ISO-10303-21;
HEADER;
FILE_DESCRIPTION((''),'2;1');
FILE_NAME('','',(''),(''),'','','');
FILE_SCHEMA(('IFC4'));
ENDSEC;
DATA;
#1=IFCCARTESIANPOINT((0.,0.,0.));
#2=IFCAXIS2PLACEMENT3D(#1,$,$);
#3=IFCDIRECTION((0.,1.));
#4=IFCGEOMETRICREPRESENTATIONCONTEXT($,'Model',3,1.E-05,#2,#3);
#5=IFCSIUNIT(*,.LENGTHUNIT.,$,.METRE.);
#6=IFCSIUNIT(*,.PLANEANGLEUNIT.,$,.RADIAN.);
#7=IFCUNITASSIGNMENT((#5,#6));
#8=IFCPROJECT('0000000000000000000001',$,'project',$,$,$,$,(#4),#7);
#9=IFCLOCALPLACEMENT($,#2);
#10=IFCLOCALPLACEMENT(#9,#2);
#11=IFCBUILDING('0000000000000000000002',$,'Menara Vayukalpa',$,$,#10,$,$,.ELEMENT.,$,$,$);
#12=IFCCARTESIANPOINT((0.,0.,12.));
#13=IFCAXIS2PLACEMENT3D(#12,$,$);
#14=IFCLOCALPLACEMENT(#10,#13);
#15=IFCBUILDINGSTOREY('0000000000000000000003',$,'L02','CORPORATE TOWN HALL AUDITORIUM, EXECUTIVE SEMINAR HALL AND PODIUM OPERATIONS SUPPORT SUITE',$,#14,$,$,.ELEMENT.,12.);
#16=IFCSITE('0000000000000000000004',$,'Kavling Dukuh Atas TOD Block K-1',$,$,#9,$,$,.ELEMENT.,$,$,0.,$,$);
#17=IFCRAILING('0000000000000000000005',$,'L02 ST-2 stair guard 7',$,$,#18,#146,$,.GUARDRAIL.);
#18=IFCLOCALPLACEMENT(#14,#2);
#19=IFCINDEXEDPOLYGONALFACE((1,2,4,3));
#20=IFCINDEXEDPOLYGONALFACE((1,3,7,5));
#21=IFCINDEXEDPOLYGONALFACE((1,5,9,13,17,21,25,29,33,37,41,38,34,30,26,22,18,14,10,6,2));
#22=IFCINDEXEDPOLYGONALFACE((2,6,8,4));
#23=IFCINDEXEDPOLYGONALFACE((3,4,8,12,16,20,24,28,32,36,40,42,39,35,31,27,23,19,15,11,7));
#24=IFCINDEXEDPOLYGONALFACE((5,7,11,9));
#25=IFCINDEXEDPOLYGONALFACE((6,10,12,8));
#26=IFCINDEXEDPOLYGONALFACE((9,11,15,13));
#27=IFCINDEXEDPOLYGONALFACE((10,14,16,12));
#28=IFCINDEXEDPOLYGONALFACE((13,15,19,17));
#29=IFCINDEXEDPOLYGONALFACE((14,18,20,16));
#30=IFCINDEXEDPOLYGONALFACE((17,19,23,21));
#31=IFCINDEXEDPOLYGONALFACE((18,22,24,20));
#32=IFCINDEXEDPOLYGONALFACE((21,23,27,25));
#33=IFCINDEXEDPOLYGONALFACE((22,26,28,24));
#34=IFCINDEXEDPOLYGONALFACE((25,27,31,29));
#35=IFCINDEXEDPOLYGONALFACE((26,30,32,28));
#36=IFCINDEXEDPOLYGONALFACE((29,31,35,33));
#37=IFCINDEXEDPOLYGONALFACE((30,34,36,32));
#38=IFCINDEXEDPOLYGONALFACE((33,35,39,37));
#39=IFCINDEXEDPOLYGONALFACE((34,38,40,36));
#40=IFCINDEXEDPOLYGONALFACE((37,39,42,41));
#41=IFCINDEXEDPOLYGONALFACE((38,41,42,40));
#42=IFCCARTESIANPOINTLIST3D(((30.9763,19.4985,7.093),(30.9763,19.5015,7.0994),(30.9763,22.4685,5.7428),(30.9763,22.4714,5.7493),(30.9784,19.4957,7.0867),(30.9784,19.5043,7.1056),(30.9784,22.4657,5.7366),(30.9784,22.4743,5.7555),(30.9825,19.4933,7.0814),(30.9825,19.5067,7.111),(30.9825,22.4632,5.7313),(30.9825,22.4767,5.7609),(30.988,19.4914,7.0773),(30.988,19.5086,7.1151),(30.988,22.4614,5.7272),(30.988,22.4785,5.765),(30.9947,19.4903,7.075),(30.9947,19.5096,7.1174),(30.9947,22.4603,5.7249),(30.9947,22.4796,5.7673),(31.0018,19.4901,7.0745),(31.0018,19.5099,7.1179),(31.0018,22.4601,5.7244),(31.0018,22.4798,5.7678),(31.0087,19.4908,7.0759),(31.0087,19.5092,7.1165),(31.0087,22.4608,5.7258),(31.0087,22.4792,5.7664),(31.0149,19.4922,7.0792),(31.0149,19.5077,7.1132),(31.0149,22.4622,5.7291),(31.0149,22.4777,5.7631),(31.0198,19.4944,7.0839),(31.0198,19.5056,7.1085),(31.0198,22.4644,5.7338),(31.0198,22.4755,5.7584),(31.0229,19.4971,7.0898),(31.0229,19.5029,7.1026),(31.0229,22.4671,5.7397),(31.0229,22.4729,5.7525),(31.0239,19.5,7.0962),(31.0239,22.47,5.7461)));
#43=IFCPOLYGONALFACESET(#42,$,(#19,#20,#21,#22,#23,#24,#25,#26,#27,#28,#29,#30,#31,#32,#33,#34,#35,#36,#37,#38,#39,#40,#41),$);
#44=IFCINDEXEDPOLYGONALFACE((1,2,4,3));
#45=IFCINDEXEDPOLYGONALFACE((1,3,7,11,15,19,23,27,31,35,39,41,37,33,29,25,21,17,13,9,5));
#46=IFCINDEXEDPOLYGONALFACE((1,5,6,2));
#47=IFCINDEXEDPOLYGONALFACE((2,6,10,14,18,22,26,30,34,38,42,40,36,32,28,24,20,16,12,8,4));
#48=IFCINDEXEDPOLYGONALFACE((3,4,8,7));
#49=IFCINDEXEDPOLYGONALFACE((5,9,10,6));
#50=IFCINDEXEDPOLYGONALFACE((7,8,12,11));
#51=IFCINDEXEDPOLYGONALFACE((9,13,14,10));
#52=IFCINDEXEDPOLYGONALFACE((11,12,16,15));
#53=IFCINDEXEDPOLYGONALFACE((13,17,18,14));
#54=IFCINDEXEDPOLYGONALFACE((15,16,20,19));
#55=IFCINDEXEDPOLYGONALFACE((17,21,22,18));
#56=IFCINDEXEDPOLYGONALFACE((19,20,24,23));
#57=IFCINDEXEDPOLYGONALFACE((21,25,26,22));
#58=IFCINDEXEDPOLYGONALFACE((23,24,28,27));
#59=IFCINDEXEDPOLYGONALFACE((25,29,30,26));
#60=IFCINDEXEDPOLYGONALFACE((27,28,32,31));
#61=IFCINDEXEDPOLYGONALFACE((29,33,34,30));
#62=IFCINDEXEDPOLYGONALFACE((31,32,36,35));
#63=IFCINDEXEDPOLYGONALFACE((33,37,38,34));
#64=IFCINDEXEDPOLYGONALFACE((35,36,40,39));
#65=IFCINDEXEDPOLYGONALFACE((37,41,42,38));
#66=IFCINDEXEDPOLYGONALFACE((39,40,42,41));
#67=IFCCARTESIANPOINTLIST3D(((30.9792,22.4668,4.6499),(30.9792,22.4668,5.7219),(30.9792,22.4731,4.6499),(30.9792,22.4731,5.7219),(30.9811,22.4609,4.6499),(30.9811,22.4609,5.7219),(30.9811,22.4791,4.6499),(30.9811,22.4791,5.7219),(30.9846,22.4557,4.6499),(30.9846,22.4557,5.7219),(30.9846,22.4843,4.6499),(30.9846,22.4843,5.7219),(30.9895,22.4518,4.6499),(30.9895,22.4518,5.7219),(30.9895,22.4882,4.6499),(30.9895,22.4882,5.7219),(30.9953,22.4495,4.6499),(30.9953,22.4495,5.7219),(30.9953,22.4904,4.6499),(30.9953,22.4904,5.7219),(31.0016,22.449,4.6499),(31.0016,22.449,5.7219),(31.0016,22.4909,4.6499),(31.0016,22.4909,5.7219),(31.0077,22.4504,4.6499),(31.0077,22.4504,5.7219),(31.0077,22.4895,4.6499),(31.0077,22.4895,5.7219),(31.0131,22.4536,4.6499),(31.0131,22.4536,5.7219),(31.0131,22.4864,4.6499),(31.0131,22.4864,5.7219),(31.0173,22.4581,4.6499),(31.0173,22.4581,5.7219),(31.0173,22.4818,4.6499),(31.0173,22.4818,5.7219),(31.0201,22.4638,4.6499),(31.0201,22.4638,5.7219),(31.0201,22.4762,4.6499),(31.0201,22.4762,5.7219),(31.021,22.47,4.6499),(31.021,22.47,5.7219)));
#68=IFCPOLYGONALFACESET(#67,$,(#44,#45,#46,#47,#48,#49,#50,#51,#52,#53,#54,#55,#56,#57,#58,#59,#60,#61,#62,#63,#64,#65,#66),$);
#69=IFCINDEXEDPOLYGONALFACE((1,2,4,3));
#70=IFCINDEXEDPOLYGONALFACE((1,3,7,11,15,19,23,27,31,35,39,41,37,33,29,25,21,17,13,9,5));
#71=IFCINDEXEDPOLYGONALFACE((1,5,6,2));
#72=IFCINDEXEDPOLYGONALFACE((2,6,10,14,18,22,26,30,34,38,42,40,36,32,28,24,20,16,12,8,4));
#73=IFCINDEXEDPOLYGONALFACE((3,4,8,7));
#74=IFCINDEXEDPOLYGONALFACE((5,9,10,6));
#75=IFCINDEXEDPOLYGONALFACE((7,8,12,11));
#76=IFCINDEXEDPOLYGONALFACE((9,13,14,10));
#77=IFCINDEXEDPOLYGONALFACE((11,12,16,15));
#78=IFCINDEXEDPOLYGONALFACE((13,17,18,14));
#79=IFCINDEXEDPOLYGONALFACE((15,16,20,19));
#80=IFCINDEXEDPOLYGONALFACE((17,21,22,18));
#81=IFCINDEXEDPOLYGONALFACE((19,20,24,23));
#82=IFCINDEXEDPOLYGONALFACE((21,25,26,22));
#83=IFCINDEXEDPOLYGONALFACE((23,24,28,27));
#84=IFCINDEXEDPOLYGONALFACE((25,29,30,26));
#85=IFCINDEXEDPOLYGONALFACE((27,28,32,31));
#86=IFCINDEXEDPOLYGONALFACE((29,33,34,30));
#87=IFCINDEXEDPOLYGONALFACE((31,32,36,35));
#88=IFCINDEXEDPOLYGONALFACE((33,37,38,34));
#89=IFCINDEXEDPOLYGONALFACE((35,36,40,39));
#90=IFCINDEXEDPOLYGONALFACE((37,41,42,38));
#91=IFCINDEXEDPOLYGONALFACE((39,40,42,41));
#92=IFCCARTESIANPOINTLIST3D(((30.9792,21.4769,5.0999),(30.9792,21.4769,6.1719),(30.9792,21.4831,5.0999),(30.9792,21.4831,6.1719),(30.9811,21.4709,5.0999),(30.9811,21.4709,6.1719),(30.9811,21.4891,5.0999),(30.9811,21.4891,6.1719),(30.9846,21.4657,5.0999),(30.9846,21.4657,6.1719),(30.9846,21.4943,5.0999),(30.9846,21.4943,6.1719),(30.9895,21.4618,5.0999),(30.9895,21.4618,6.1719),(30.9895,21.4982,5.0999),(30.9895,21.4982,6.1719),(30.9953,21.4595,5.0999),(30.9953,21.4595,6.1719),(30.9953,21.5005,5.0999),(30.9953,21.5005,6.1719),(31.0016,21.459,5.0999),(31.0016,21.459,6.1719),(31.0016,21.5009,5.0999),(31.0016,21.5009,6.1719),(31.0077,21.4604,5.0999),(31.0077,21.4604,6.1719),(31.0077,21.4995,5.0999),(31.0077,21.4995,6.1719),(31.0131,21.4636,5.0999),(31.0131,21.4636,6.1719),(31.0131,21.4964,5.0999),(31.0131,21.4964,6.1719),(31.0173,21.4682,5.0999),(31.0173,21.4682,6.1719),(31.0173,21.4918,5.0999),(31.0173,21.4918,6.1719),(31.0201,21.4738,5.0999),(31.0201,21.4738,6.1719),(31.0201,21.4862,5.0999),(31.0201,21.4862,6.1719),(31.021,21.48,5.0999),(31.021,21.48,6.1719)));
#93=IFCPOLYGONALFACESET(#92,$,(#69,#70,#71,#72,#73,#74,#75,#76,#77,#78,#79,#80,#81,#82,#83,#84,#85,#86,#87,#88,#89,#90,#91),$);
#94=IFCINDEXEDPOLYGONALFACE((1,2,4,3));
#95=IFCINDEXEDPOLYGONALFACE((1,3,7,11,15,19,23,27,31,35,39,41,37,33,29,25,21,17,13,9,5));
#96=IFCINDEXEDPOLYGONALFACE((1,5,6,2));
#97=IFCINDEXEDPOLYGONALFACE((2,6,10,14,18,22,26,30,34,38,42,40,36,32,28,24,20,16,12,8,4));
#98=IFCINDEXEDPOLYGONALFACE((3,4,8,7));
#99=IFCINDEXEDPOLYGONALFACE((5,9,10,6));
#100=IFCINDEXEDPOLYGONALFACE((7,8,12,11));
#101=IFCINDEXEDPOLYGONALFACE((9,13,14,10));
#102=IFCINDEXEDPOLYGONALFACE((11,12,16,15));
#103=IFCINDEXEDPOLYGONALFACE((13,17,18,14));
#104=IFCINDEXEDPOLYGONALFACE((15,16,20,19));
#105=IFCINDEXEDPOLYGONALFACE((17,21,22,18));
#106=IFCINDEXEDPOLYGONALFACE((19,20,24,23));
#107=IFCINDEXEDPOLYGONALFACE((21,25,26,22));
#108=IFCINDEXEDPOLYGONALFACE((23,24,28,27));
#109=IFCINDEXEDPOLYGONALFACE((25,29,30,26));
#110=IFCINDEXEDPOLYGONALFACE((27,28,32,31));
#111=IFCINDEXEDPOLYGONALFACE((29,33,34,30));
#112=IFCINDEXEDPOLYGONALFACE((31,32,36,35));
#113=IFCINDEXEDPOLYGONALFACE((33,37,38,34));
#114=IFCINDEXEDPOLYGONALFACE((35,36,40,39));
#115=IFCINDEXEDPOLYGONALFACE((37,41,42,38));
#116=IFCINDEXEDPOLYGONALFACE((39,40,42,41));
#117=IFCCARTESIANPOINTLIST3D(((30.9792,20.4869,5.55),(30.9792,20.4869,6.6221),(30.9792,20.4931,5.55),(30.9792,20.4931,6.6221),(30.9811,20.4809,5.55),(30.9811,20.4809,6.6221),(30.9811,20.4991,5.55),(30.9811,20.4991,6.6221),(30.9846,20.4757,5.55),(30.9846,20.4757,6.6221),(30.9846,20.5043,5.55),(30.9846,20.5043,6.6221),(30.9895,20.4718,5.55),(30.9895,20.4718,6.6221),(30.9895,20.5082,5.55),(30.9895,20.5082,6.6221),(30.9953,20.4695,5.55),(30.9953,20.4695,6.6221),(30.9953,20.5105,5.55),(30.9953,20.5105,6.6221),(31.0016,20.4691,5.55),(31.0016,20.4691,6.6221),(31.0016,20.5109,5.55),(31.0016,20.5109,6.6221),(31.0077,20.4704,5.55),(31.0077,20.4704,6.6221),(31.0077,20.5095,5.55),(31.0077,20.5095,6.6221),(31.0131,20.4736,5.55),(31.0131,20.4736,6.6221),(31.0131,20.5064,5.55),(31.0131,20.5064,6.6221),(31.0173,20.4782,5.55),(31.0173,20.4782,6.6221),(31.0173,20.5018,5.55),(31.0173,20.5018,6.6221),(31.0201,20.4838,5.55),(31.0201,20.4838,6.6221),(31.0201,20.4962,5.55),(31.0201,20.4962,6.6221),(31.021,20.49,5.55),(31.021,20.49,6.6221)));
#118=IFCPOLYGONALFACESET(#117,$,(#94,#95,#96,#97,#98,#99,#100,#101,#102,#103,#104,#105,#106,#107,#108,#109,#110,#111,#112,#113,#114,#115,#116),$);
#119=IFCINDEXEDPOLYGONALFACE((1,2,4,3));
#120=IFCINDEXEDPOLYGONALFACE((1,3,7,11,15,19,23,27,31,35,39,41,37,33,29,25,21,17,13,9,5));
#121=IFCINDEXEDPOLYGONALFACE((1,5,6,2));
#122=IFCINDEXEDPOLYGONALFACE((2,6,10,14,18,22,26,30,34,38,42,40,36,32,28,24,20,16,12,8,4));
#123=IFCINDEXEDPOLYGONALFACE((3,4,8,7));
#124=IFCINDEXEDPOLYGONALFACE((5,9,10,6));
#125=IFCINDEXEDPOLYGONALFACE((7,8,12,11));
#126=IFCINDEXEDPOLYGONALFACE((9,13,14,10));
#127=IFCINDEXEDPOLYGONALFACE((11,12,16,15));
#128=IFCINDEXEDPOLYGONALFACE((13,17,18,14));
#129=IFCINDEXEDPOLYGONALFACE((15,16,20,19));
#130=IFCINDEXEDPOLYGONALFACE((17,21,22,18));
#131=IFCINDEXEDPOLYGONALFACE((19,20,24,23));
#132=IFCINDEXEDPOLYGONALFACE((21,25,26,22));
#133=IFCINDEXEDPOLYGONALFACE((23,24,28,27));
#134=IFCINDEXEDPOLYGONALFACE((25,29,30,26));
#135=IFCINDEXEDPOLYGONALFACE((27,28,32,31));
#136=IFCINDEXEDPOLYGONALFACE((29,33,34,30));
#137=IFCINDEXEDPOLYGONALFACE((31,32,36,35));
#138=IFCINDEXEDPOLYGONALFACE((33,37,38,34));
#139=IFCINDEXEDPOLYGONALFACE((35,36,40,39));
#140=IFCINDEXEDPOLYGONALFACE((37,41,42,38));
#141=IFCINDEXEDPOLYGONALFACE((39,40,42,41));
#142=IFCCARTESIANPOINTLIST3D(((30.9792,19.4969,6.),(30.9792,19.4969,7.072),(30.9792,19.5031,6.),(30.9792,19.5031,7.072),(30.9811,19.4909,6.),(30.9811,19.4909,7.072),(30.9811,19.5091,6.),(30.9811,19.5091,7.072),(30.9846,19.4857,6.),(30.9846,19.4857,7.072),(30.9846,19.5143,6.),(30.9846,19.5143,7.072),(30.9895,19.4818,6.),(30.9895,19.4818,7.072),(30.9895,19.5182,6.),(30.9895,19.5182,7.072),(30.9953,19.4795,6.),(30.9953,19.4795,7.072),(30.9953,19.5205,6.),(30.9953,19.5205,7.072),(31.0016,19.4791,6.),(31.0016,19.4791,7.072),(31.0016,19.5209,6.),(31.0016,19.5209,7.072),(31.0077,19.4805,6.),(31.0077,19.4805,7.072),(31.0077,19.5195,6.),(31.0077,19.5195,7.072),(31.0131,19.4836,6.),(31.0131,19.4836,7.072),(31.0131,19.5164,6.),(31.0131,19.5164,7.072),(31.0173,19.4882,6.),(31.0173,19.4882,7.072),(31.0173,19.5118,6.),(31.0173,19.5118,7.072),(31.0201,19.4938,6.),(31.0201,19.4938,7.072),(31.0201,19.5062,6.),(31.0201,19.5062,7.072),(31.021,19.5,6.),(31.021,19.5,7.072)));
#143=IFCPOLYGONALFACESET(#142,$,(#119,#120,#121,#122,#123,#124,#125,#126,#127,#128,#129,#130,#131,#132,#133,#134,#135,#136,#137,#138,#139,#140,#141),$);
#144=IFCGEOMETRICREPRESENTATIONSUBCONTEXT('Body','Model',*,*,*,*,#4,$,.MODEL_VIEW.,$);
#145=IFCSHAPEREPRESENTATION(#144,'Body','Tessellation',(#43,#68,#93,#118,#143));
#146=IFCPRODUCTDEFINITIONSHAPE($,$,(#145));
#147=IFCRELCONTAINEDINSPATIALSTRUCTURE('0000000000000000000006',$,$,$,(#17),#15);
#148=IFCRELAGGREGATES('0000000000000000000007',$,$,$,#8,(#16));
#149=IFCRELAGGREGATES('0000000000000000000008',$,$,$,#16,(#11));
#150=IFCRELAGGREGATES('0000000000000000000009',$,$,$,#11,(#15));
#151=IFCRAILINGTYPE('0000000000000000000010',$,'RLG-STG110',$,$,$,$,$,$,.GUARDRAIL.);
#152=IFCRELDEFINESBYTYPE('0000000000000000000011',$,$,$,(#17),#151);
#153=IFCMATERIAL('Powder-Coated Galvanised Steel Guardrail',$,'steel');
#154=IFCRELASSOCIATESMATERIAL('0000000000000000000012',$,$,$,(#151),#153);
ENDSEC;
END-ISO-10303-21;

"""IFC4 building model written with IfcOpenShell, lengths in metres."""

from ifc_helpers import new_model, si_unit, direction, frame, origin, origin_2d, place, context, subcontext, project, spatial, circle, extrude, material, type_object, element, save


model = new_model("IFC4")

# Units and contexts
model_context = context("Model", 3, precision=1e-05, world=origin(), true_north=direction((0.0, 1.0)))
body_context = subcontext(model_context, "Body", "Model", "MODEL_VIEW")
ifc_project = project(units=[si_unit("LENGTHUNIT", "METRE"), si_unit("PLANEANGLEUNIT", "RADIAN")], contexts=[model_context])

# Site, building, storey
site_placement = place(None, origin())
site = spatial("IfcSite", under=ifc_project, at=site_placement, Name="Kavling Dukuh Atas TOD Block K-1", CompositionType="ELEMENT", RefElevation=0.0)
building_placement = place(site_placement, origin())
building = spatial("IfcBuilding", under=site, at=building_placement, Name="Menara Vayukalpa", CompositionType="ELEMENT")
storey_placement = place(building_placement, frame((0.0, 0.0, 12.0)))
storey = spatial("IfcBuildingStorey", under=building, at=storey_placement, Name="L02", Description="CORPORATE TOWN HALL AUDITORIUM, EXECUTIVE SEMINAR HALL AND PODIUM OPERATIONS SUPPORT SUITE", CompositionType="ELEMENT", Elevation=12.0)

# Railing
ifc_material_1 = material(Name="Powder-Coated Galvanised Steel Guardrail", Category="steel")
railing_type_1 = type_object("IfcRailingType", Name="RLG-STG110", PredefinedType="GUARDRAIL", material=ifc_material_1)
railing_1_placement = place(storey_placement, frame((31.0, 22.47, 4.6499)))
element("IfcRailing", 1, at=railing_1_placement, inside=storey, type_object=railing_type_1, Name="L02 ST-2 stair guard 7", PredefinedType="GUARDRAIL", context=body_context, shape_type="SweptSolid", body=[
    extrude(circle(Radius=0.0239, at=origin_2d()), frame((0.0, 0.0, 1.0962), z_axis=(0.0, -0.910354, 0.413831), x_axis=(1.0, 0.0, 0.0)), (0.0, 0.0, 1.0), 3.2625),
    extrude(circle(Radius=0.021, at=origin_2d()), origin(), (0.0, 0.0, 1.0), 1.072),
    extrude(circle(Radius=0.021, at=origin_2d()), frame((0.0, -0.99, 0.45)), (0.0, 0.0, 1.0), 1.072),
    extrude(circle(Radius=0.021, at=origin_2d()), frame((0.0, -1.98, 0.9001)), (0.0, 0.0, 1.0), 1.072),
    extrude(circle(Radius=0.021, at=origin_2d()), frame((0.0, -2.97, 1.3501)), (0.0, 0.0, 1.0), 1.072),
])

save(model, "model.ifc")
